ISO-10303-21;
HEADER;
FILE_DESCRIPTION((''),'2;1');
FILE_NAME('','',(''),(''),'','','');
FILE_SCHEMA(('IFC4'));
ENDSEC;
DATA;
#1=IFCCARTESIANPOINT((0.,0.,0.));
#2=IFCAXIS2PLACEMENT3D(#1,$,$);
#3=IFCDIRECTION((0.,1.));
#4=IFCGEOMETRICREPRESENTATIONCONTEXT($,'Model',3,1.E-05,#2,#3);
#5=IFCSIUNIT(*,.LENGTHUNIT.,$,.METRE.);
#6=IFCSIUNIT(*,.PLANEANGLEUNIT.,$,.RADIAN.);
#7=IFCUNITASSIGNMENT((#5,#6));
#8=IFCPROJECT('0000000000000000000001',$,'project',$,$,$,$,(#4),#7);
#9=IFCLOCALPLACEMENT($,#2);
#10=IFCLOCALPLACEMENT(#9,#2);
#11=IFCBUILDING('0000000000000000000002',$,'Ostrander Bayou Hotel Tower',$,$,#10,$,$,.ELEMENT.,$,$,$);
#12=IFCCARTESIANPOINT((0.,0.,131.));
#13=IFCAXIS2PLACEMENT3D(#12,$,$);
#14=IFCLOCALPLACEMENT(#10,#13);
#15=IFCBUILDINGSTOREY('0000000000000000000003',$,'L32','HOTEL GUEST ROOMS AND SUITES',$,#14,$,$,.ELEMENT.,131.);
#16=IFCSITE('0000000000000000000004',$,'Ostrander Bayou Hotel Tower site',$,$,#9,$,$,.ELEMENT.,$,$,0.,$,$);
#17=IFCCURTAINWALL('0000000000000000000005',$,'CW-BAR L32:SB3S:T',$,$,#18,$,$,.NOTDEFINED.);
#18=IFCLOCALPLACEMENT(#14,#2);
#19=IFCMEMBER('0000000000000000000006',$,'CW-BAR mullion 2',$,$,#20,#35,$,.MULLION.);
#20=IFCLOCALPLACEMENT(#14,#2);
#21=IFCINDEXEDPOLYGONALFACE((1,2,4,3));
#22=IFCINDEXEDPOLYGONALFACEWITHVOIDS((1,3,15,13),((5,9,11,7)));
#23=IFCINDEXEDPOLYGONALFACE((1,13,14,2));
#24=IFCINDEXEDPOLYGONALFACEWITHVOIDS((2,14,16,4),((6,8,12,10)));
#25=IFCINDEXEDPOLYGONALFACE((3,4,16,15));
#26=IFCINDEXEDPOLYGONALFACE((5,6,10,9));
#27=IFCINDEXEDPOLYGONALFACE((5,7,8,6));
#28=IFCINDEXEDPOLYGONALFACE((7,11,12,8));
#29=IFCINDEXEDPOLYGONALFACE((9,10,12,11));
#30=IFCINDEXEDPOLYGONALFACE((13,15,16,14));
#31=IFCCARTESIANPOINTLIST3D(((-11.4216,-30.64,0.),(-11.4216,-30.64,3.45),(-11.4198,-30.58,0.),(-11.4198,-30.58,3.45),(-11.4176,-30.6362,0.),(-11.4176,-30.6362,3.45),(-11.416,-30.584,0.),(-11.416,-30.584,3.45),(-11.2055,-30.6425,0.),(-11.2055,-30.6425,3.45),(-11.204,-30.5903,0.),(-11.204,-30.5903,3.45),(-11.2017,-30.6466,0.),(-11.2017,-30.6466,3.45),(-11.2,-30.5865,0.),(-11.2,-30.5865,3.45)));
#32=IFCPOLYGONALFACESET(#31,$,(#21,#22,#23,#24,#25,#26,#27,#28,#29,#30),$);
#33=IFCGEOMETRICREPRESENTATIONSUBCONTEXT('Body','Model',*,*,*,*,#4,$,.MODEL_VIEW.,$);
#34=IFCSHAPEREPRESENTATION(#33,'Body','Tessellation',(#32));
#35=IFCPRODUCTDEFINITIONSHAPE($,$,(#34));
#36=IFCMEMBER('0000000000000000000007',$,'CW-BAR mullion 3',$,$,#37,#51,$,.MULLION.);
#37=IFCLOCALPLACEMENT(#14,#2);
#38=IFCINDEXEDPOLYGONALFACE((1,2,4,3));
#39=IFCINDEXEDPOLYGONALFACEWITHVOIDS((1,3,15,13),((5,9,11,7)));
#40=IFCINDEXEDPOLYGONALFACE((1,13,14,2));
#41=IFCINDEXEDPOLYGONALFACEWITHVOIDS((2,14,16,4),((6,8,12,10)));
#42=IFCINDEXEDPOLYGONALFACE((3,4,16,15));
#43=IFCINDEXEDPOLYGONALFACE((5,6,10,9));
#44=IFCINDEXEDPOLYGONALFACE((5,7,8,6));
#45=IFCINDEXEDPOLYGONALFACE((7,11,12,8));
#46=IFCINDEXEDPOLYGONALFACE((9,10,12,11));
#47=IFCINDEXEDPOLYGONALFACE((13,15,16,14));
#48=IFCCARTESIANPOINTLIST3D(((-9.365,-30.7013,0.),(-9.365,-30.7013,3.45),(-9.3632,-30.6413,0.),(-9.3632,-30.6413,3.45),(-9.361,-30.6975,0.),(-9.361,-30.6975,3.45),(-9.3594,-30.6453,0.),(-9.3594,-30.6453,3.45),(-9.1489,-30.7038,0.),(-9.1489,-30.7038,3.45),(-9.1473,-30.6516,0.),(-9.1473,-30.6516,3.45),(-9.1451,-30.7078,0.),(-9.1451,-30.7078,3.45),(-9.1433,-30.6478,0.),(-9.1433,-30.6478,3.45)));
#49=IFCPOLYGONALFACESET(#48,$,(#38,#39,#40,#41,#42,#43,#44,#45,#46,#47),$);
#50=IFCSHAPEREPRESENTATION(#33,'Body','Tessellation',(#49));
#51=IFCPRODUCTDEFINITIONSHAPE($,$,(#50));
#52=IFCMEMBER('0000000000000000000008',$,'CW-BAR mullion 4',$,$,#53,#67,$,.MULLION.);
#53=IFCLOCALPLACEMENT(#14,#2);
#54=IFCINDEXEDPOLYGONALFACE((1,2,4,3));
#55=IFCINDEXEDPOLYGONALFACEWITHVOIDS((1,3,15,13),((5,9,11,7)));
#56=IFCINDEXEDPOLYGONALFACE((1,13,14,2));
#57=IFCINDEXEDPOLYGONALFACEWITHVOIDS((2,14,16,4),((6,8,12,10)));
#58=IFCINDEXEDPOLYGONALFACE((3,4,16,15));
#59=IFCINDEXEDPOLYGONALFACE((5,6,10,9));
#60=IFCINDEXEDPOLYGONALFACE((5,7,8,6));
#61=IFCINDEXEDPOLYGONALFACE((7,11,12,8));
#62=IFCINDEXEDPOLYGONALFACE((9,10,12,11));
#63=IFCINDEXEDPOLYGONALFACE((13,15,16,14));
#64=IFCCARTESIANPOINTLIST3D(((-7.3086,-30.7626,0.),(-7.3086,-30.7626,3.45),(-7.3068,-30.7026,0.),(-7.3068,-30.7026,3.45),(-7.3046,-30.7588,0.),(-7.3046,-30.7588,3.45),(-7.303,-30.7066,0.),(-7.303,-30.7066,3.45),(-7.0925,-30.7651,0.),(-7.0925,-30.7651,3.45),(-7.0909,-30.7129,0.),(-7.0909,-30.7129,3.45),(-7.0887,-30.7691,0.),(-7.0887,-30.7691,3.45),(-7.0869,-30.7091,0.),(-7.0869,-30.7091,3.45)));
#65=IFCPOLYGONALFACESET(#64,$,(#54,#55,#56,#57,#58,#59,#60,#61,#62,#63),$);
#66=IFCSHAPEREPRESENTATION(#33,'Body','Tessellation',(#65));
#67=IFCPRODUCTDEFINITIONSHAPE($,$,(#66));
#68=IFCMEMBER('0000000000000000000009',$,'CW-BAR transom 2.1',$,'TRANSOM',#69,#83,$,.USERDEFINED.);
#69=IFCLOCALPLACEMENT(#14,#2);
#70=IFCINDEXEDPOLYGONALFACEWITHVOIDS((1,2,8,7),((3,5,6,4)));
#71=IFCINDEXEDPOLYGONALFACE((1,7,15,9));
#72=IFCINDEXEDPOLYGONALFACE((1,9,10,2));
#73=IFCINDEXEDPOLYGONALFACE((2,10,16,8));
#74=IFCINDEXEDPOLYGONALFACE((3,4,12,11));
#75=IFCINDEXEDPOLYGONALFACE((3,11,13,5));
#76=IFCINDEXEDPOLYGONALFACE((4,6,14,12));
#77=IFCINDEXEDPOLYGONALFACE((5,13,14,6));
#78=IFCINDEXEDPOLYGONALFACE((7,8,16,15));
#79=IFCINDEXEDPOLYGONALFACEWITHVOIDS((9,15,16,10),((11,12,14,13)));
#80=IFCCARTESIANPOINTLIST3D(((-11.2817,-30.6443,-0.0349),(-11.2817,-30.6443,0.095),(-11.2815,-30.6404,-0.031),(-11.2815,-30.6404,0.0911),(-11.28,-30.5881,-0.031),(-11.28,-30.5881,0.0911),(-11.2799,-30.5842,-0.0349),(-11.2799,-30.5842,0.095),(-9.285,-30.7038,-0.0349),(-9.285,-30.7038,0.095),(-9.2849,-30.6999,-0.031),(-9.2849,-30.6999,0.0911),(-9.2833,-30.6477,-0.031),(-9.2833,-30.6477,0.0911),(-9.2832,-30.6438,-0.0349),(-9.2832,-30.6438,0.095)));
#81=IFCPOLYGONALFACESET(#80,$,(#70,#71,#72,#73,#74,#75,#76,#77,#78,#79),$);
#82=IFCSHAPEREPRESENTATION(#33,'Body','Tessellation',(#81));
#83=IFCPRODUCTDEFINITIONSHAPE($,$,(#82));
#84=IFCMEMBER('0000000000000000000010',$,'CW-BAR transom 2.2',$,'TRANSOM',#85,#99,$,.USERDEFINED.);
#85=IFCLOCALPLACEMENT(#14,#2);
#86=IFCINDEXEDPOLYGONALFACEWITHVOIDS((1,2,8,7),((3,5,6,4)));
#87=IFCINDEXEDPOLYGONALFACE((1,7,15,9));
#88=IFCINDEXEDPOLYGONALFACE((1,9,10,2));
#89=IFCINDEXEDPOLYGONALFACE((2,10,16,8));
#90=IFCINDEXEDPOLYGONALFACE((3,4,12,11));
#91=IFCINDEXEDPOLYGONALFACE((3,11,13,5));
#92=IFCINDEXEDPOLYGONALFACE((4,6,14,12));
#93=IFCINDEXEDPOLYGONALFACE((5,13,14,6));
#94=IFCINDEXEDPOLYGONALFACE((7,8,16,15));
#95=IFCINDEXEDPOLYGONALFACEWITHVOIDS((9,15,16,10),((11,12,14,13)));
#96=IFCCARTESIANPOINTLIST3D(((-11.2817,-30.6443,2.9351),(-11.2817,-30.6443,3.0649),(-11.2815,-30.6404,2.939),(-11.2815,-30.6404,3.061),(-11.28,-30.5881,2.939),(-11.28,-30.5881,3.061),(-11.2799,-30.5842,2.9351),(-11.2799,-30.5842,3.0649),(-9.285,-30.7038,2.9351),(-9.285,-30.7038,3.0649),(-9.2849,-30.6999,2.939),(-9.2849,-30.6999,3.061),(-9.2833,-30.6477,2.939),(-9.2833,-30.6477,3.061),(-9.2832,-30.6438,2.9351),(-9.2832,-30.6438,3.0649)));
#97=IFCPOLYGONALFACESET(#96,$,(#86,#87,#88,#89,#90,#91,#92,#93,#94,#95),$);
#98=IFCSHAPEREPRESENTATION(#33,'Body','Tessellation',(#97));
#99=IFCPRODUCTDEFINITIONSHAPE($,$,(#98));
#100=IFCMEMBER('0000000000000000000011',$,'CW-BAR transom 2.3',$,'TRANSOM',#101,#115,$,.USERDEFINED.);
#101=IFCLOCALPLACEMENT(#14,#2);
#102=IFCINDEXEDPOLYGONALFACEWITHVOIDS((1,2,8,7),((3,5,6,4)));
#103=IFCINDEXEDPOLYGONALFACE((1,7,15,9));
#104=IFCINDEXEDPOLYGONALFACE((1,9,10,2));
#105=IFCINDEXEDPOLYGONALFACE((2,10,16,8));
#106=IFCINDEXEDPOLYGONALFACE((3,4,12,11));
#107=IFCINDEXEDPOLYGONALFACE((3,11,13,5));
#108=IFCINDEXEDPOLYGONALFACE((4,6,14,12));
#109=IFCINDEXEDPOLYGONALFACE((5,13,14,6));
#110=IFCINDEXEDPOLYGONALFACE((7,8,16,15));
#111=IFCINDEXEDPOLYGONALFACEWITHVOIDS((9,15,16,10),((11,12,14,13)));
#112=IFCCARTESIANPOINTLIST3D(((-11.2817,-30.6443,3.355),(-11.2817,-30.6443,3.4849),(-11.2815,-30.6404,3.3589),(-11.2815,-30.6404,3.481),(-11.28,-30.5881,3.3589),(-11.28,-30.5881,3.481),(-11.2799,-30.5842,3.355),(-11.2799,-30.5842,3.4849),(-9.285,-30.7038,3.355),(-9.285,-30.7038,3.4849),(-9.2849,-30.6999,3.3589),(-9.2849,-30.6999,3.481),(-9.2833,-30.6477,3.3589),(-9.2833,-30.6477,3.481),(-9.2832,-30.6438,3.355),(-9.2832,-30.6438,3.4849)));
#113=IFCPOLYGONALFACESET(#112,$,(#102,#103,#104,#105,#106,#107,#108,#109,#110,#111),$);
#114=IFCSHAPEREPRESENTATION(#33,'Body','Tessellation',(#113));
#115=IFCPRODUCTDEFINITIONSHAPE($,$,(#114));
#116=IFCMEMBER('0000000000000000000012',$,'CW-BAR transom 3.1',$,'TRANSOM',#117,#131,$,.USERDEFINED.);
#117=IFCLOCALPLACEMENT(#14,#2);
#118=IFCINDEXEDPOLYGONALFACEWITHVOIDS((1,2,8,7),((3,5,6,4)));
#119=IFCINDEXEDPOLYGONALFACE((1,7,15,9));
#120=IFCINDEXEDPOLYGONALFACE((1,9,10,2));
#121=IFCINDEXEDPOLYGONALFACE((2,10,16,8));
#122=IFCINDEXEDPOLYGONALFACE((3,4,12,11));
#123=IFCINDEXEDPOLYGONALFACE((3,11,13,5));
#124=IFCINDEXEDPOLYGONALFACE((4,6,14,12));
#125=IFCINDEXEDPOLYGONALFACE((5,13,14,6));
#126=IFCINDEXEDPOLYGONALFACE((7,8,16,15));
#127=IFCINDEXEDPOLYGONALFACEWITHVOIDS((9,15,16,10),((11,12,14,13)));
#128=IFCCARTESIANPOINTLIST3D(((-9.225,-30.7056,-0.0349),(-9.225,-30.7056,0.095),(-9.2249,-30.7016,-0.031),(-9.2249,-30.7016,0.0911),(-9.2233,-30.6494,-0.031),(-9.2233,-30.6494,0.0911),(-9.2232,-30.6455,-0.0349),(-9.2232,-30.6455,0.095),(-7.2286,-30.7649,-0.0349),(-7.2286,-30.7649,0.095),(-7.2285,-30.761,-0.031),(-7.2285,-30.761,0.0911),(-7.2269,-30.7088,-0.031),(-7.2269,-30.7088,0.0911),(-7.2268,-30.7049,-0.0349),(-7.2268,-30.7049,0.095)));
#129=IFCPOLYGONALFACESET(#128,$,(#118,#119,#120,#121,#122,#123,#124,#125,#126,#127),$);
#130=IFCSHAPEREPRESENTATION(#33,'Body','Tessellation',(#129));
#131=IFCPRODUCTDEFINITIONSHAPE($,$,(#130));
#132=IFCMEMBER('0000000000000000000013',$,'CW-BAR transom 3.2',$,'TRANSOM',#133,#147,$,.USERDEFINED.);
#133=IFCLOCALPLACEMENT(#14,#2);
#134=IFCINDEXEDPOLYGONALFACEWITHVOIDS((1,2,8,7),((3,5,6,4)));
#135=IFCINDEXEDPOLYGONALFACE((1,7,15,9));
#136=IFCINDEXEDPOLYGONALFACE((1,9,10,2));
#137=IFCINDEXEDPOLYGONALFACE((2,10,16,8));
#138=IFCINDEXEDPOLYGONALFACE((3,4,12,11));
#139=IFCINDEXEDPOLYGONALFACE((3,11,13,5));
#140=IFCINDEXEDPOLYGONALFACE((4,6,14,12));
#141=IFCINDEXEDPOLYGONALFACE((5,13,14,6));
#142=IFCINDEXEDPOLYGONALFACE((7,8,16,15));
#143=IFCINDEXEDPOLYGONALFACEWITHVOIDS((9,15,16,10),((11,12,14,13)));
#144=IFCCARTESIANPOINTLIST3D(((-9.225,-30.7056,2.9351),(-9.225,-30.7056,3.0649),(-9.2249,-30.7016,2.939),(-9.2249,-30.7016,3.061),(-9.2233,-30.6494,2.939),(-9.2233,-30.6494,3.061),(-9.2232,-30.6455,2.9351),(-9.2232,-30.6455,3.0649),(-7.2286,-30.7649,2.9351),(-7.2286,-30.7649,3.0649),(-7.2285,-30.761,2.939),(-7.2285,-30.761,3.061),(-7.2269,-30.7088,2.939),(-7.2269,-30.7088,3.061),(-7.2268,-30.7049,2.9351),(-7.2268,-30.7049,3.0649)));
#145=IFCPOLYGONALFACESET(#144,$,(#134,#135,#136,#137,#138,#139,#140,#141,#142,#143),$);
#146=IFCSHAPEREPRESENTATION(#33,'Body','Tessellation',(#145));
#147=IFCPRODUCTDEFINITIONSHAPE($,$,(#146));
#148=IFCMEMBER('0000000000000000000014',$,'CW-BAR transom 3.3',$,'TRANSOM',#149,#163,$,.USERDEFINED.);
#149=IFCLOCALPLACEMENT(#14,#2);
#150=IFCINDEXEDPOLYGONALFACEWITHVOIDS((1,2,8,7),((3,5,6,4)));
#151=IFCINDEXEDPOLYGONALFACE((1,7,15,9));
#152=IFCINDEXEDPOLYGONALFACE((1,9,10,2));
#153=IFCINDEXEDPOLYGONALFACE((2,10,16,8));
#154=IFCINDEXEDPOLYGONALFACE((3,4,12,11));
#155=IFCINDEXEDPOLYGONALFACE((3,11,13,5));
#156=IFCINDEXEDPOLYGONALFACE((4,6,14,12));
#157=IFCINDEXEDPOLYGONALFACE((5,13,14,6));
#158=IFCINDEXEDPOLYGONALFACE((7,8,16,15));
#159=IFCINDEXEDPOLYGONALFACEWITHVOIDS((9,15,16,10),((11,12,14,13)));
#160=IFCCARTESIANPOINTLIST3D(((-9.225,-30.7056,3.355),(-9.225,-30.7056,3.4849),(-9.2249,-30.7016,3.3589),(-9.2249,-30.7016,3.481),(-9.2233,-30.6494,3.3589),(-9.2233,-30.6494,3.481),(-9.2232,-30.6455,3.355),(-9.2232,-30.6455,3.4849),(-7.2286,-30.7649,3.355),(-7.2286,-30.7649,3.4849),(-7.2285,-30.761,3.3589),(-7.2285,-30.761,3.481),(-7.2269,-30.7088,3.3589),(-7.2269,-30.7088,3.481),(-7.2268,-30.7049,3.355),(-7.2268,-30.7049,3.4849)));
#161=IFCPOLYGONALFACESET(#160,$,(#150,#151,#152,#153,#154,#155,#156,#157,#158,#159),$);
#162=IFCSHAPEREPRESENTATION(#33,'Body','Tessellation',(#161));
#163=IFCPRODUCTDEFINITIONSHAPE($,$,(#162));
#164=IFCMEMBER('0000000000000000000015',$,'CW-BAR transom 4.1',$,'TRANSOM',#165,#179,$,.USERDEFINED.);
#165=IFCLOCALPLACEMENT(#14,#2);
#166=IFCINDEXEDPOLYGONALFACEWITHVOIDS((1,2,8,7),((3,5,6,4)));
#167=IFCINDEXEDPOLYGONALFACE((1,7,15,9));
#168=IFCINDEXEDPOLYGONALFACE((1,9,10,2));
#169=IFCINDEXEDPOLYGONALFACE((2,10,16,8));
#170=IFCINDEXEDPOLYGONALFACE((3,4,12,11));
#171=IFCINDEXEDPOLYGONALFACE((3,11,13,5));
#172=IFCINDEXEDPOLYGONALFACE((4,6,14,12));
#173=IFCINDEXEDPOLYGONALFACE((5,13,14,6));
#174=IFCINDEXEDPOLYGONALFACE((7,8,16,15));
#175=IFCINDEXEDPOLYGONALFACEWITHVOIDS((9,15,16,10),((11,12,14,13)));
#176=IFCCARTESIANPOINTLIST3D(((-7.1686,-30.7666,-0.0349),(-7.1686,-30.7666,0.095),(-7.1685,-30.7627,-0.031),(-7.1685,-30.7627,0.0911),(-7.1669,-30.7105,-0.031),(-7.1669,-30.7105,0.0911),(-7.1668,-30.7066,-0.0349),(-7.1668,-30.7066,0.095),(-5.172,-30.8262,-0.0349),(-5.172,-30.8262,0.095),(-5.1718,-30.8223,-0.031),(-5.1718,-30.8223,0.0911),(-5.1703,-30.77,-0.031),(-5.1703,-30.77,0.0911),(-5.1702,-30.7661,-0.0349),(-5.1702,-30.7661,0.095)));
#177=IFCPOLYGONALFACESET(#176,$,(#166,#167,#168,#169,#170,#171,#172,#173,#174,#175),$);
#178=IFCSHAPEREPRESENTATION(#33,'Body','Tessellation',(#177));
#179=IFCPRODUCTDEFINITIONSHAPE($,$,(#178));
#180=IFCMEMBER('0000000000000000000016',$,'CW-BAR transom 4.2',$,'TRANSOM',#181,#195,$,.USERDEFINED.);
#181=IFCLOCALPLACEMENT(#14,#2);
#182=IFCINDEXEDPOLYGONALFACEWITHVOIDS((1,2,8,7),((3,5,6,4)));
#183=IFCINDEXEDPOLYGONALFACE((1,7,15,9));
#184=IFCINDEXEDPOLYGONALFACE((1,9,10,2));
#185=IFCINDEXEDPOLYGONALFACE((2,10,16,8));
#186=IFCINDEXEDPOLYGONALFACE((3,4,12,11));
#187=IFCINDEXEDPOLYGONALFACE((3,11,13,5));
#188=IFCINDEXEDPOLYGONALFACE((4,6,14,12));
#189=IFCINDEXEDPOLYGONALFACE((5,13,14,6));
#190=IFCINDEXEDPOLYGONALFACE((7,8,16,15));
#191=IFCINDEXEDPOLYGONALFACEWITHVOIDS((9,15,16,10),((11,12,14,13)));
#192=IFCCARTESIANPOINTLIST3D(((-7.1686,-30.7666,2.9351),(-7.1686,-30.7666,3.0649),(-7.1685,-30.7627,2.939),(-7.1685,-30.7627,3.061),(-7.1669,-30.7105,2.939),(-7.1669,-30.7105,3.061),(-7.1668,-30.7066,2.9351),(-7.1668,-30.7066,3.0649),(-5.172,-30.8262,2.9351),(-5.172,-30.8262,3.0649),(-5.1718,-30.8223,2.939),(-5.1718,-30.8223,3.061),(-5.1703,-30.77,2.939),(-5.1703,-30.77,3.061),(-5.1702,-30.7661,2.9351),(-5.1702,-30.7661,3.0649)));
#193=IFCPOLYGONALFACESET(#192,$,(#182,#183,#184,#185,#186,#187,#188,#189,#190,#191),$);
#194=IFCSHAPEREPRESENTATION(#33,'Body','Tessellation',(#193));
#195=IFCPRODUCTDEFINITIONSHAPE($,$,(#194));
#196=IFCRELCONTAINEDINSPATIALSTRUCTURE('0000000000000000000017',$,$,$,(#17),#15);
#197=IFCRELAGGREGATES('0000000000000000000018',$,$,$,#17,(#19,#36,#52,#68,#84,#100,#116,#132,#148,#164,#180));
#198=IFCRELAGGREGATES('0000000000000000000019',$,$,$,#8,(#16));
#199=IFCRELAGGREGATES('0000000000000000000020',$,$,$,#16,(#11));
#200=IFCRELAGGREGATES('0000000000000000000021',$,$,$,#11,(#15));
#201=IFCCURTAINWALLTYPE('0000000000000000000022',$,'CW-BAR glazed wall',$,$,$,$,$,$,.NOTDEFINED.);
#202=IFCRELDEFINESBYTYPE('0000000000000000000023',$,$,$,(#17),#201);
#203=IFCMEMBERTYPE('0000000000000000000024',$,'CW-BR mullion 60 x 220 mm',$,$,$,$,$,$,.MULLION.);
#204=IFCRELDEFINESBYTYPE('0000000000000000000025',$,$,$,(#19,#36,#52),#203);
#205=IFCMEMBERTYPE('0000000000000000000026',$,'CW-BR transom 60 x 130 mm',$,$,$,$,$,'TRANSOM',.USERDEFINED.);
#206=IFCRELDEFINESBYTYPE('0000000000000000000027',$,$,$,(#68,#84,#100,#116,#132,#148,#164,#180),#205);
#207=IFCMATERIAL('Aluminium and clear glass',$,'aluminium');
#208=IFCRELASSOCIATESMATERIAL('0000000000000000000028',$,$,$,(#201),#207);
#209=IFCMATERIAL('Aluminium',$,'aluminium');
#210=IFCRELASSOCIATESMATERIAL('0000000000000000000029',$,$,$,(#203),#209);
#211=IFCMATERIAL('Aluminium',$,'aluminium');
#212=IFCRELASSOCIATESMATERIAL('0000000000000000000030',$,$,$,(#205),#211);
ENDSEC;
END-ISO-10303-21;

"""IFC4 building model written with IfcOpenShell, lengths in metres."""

from ifc_helpers import new_model, si_unit, direction, frame, origin, origin_2d, place, context, subcontext, project, spatial, hollow_rectangle, extrude, material, material_profile, profile_set, type_object, element, aggregate, save


model = new_model("IFC4")

# Units and contexts
model_context = context("Model", 3, precision=1e-05, world=origin(), true_north=direction((0.0, 1.0)))
body_context = subcontext(model_context, "Body", "Model", "MODEL_VIEW")
ifc_project = project(units=[si_unit("LENGTHUNIT", "METRE"), si_unit("PLANEANGLEUNIT", "RADIAN")], contexts=[model_context])

# Site, building, storey
site_placement = place(None, origin())
site = spatial("IfcSite", under=ifc_project, at=site_placement, Name="Ostrander Bayou Hotel Tower site", CompositionType="ELEMENT", RefElevation=0.0)
building_placement = place(site_placement, origin())
building = spatial("IfcBuilding", under=site, at=building_placement, Name="Ostrander Bayou Hotel Tower", CompositionType="ELEMENT")
storey_placement = place(building_placement, frame((0.0, 0.0, 131.0)))
storey = spatial("IfcBuildingStorey", under=building, at=storey_placement, Name="L32", Description="HOTEL GUEST ROOMS AND SUITES", CompositionType="ELEMENT", Elevation=131.0)

# Curtain wall, members
ifc_material_1 = material(Name="Aluminium and clear glass", Category="aluminium")
curtain_wall_type = type_object("IfcCurtainWallType", Name="CW-BAR glazed wall", PredefinedType="NOTDEFINED", material=ifc_material_1)
curtain_wall_placement = place(storey_placement, origin())
curtain_wall = element("IfcCurtainWall", 1, at=curtain_wall_placement, inside=storey, type_object=curtain_wall_type, Name="CW-BAR L32:SB3S:T", PredefinedType="NOTDEFINED")
ifc_material_2 = material(Name="Aluminium", Category="aluminium")
ifc_material_profile_1 = material_profile(ifc_material_2, hollow_rectangle(XDim=0.0601, YDim=0.22, WallThickness=0.0039, at=origin_2d()))
ifc_profile_set_1 = profile_set([ifc_material_profile_1], Name="Aluminium")
member_type_1 = type_object("IfcMemberType", Name="CW-BR mullion 60 x 220 mm", PredefinedType="MULLION", material=ifc_profile_set_1)
member_1_placement = place(storey_placement, frame((-11.3108, -30.6133, 0.0), z_axis=(0.0, 0.0, 1.0), x_axis=(0.029746, 0.999557, 0.0)))
member_1 = element("IfcMember", 2, at=member_1_placement, type_object=member_type_1, Name="CW-BAR mullion 2", PredefinedType="MULLION", context=body_context, shape_type="SweptSolid", body=[
    extrude(hollow_rectangle(XDim=0.0601, YDim=0.22, WallThickness=0.0039, at=origin_2d()), origin(), (0.0, 0.0, 1.0), 3.45),
])
member_2_placement = place(storey_placement, frame((-9.2542, -30.6746, 0.0), z_axis=(0.0, 0.0, 1.0), x_axis=(0.029746, 0.999557, 0.0)))
member_2 = element("IfcMember", 3, at=member_2_placement, type_object=member_type_1, Name="CW-BAR mullion 3", PredefinedType="MULLION", context=body_context, shape_type="SweptSolid", body=[
    extrude(hollow_rectangle(XDim=0.0601, YDim=0.22, WallThickness=0.0039, at=origin_2d()), origin(), (0.0, 0.0, 1.0), 3.45),
])
member_3_placement = place(storey_placement, frame((-7.1978, -30.7358, 0.0), z_axis=(0.0, 0.0, 1.0), x_axis=(0.029746, 0.999557, 0.0)))
member_3 = element("IfcMember", 4, at=member_3_placement, type_object=member_type_1, Name="CW-BAR mullion 4", PredefinedType="MULLION", context=body_context, shape_type="SweptSolid", body=[
    extrude(hollow_rectangle(XDim=0.0601, YDim=0.22, WallThickness=0.0039, at=origin_2d()), origin(), (0.0, 0.0, 1.0), 3.45),
])
ifc_material_3 = material(Name="Aluminium", Category="aluminium")
ifc_material_profile_2 = material_profile(ifc_material_3, hollow_rectangle(XDim=0.0601, YDim=0.1299, WallThickness=0.0039, at=origin_2d()))
ifc_profile_set_2 = profile_set([ifc_material_profile_2], Name="Aluminium")
member_type_2 = type_object("IfcMemberType", Name="CW-BR transom 60 x 130 mm", ElementType="TRANSOM", PredefinedType="USERDEFINED", material=ifc_profile_set_2)
member_4_placement = place(storey_placement, frame((-11.2808, -30.6143, 0.03), z_axis=(0.999555, -0.029823, 0.0), x_axis=(0.029823, 0.999555, 0.0)))
member_4 = element("IfcMember", 5, at=member_4_placement, type_object=member_type_2, Name="CW-BAR transom 2.1", ObjectType="TRANSOM", PredefinedType="USERDEFINED", context=body_context, shape_type="SweptSolid", body=[
    extrude(hollow_rectangle(XDim=0.0601, YDim=0.1299, WallThickness=0.0039, at=origin_2d()), origin(), (0.0, 0.0, 1.0), 1.9976),
])
member_5_placement = place(storey_placement, frame((-11.2808, -30.6143, 3.0), z_axis=(0.999555, -0.029823, 0.0), x_axis=(0.029823, 0.999555, 0.0)))
member_5 = element("IfcMember", 6, at=member_5_placement, type_object=member_type_2, Name="CW-BAR transom 2.2", ObjectType="TRANSOM", PredefinedType="USERDEFINED", context=body_context, shape_type="SweptSolid", body=[
    extrude(hollow_rectangle(XDim=0.0601, YDim=0.1299, WallThickness=0.0039, at=origin_2d()), origin(), (0.0, 0.0, 1.0), 1.9976),
])
member_6_placement = place(storey_placement, frame((-11.2808, -30.6143, 3.4199), z_axis=(0.999555, -0.029823, 0.0), x_axis=(0.029823, 0.999555, 0.0)))
member_6 = element("IfcMember", 7, at=member_6_placement, type_object=member_type_2, Name="CW-BAR transom 2.3", ObjectType="TRANSOM", PredefinedType="USERDEFINED", context=body_context, shape_type="SweptSolid", body=[
    extrude(hollow_rectangle(XDim=0.0601, YDim=0.1299, WallThickness=0.0039, at=origin_2d()), origin(), (0.0, 0.0, 1.0), 1.9976),
])
member_7_placement = place(storey_placement, frame((-9.2241, -30.6755, 0.03), z_axis=(0.999559, -0.029704, 0.0), x_axis=(0.029704, 0.999559, 0.0)))
member_7 = element("IfcMember", 8, at=member_7_placement, type_object=member_type_2, Name="CW-BAR transom 3.1", ObjectType="TRANSOM", PredefinedType="USERDEFINED", context=body_context, shape_type="SweptSolid", body=[
    extrude(hollow_rectangle(XDim=0.0601, YDim=0.1299, WallThickness=0.0039, at=origin_2d()), origin(), (0.0, 0.0, 1.0), 1.9973),
])
member_8_placement = place(storey_placement, frame((-9.2241, -30.6755, 3.0), z_axis=(0.999559, -0.029704, 0.0), x_axis=(0.029704, 0.999559, 0.0)))
member_8 = element("IfcMember", 9, at=member_8_placement, type_object=member_type_2, Name="CW-BAR transom 3.2", ObjectType="TRANSOM", PredefinedType="USERDEFINED", context=body_context, shape_type="SweptSolid", body=[
    extrude(hollow_rectangle(XDim=0.0601, YDim=0.1299, WallThickness=0.0039, at=origin_2d()), origin(), (0.0, 0.0, 1.0), 1.9973),
])
member_9_placement = place(storey_placement, frame((-9.2241, -30.6755, 3.4199), z_axis=(0.999559, -0.029704, 0.0), x_axis=(0.029704, 0.999559, 0.0)))
member_9 = element("IfcMember", 10, at=member_9_placement, type_object=member_type_2, Name="CW-BAR transom 3.3", ObjectType="TRANSOM", PredefinedType="USERDEFINED", context=body_context, shape_type="SweptSolid", body=[
    extrude(hollow_rectangle(XDim=0.0601, YDim=0.1299, WallThickness=0.0039, at=origin_2d()), origin(), (0.0, 0.0, 1.0), 1.9973),
])
member_10_placement = place(storey_placement, frame((-7.1677, -30.7366, 0.03), z_axis=(0.999555, -0.029823, 0.0), x_axis=(0.029823, 0.999555, 0.0)))
member_10 = element("IfcMember", 11, at=member_10_placement, type_object=member_type_2, Name="CW-BAR transom 4.1", ObjectType="TRANSOM", PredefinedType="USERDEFINED", context=body_context, shape_type="SweptSolid", body=[
    extrude(hollow_rectangle(XDim=0.0601, YDim=0.1299, WallThickness=0.0039, at=origin_2d()), origin(), (0.0, 0.0, 1.0), 1.9976),
])
member_11_placement = place(storey_placement, frame((-7.1677, -30.7366, 3.0), z_axis=(0.999555, -0.029823, 0.0), x_axis=(0.029823, 0.999555, 0.0)))
member_11 = element("IfcMember", 12, at=member_11_placement, type_object=member_type_2, Name="CW-BAR transom 4.2", ObjectType="TRANSOM", PredefinedType="USERDEFINED", context=body_context, shape_type="SweptSolid", body=[
    extrude(hollow_rectangle(XDim=0.0601, YDim=0.1299, WallThickness=0.0039, at=origin_2d()), origin(), (0.0, 0.0, 1.0), 1.9976),
])
aggregate(curtain_wall, [member_1, member_2, member_3, member_4, member_5, member_6, member_7, member_8, member_9, member_10, member_11])

save(model, "model.ifc")
